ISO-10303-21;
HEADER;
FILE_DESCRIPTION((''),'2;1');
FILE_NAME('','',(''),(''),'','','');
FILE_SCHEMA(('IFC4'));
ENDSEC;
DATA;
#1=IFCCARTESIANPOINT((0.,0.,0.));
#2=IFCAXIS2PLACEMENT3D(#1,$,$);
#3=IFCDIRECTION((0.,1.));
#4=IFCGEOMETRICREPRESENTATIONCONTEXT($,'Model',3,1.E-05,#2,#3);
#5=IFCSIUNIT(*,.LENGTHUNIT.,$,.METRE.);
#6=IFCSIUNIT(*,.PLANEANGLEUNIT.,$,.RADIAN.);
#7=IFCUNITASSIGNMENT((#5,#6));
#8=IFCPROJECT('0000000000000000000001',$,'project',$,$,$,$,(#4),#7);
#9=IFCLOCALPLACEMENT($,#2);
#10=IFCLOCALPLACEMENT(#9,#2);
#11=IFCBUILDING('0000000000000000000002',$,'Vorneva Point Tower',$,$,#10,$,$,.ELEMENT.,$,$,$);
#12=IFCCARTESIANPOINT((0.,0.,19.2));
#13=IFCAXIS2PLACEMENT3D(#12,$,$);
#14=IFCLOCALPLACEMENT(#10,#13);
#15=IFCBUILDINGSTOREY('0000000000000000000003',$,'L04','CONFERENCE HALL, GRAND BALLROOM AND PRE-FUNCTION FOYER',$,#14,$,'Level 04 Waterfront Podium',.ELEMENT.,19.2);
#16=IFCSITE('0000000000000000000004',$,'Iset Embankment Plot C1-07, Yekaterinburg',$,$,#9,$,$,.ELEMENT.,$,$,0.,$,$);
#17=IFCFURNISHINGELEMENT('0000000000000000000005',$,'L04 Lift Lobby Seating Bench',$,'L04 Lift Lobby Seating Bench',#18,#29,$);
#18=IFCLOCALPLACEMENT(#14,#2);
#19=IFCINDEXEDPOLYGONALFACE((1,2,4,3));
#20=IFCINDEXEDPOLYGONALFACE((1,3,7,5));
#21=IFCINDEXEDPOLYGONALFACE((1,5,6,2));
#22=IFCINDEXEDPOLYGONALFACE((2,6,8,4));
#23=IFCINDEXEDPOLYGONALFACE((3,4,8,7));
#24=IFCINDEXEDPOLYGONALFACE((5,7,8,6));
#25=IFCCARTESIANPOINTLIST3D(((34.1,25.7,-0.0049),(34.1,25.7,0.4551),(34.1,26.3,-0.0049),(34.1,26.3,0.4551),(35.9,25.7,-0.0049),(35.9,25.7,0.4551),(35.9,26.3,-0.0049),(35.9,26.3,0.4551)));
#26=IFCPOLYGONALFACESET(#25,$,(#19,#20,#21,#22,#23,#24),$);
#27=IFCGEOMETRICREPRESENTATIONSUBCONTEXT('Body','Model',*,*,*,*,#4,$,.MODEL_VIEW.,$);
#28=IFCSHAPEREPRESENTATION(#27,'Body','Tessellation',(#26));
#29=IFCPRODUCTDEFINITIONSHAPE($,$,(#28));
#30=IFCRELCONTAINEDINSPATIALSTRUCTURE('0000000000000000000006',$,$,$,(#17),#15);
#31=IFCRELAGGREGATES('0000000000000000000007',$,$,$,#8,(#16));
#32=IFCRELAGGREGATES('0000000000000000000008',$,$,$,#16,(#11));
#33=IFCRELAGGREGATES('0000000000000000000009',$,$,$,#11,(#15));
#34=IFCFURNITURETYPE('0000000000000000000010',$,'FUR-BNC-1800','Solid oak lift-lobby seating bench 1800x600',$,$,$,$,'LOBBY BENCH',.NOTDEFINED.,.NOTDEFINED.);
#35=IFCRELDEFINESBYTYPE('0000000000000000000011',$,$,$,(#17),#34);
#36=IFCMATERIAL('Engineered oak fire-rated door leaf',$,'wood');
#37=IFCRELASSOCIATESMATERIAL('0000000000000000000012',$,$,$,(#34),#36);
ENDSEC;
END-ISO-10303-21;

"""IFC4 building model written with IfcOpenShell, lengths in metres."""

from ifc_helpers import new_model, si_unit, direction, frame, origin, origin_2d, place, context, subcontext, project, spatial, rectangle, extrude, material, type_object, element, save


model = new_model("IFC4")

# Units and contexts
model_context = context("Model", 3, precision=1e-05, world=origin(), true_north=direction((0.0, 1.0)))
body_context = subcontext(model_context, "Body", "Model", "MODEL_VIEW")
ifc_project = project(units=[si_unit("LENGTHUNIT", "METRE"), si_unit("PLANEANGLEUNIT", "RADIAN")], contexts=[model_context])

# Site, building, storey
site_placement = place(None, origin())
site = spatial("IfcSite", under=ifc_project, at=site_placement, Name="Iset Embankment Plot C1-07, Yekaterinburg", CompositionType="ELEMENT", RefElevation=0.0)
building_placement = place(site_placement, origin())
building = spatial("IfcBuilding", under=site, at=building_placement, Name="Vorneva Point Tower", CompositionType="ELEMENT")
storey_placement = place(building_placement, frame((0.0, 0.0, 19.2)))
storey = spatial("IfcBuildingStorey", under=building, at=storey_placement, Name="L04", Description="CONFERENCE HALL, GRAND BALLROOM AND PRE-FUNCTION FOYER", LongName="Level 04 Waterfront Podium", CompositionType="ELEMENT", Elevation=19.2)

# Shared definitions
ifc_material_1 = material(Name="Engineered oak fire-rated door leaf", Category="wood")

# Furnishing element
furniture_type = type_object("IfcFurnitureType", Name="FUR-BNC-1800", Description="Solid oak lift-lobby seating bench 1800x600", ElementType="LOBBY BENCH", AssemblyPlace="NOTDEFINED", PredefinedType="NOTDEFINED", material=ifc_material_1)
furnishing_placement = place(storey_placement, frame((35.0, 26.0, -0.0049), z_axis=(0.0, 0.0, 1.0), x_axis=(1.0, 0.0, 0.0)))
element("IfcFurnishingElement", 1, at=furnishing_placement, inside=storey, type_object=furniture_type, Name="L04 Lift Lobby Seating Bench", ObjectType="L04 Lift Lobby Seating Bench", context=body_context, shape_type="SweptSolid", body=[
    extrude(rectangle(XDim=1.8, YDim=0.6001, at=origin_2d()), origin(), (0.0, 0.0, 1.0), 0.46),
])

save(model, "model.ifc")
